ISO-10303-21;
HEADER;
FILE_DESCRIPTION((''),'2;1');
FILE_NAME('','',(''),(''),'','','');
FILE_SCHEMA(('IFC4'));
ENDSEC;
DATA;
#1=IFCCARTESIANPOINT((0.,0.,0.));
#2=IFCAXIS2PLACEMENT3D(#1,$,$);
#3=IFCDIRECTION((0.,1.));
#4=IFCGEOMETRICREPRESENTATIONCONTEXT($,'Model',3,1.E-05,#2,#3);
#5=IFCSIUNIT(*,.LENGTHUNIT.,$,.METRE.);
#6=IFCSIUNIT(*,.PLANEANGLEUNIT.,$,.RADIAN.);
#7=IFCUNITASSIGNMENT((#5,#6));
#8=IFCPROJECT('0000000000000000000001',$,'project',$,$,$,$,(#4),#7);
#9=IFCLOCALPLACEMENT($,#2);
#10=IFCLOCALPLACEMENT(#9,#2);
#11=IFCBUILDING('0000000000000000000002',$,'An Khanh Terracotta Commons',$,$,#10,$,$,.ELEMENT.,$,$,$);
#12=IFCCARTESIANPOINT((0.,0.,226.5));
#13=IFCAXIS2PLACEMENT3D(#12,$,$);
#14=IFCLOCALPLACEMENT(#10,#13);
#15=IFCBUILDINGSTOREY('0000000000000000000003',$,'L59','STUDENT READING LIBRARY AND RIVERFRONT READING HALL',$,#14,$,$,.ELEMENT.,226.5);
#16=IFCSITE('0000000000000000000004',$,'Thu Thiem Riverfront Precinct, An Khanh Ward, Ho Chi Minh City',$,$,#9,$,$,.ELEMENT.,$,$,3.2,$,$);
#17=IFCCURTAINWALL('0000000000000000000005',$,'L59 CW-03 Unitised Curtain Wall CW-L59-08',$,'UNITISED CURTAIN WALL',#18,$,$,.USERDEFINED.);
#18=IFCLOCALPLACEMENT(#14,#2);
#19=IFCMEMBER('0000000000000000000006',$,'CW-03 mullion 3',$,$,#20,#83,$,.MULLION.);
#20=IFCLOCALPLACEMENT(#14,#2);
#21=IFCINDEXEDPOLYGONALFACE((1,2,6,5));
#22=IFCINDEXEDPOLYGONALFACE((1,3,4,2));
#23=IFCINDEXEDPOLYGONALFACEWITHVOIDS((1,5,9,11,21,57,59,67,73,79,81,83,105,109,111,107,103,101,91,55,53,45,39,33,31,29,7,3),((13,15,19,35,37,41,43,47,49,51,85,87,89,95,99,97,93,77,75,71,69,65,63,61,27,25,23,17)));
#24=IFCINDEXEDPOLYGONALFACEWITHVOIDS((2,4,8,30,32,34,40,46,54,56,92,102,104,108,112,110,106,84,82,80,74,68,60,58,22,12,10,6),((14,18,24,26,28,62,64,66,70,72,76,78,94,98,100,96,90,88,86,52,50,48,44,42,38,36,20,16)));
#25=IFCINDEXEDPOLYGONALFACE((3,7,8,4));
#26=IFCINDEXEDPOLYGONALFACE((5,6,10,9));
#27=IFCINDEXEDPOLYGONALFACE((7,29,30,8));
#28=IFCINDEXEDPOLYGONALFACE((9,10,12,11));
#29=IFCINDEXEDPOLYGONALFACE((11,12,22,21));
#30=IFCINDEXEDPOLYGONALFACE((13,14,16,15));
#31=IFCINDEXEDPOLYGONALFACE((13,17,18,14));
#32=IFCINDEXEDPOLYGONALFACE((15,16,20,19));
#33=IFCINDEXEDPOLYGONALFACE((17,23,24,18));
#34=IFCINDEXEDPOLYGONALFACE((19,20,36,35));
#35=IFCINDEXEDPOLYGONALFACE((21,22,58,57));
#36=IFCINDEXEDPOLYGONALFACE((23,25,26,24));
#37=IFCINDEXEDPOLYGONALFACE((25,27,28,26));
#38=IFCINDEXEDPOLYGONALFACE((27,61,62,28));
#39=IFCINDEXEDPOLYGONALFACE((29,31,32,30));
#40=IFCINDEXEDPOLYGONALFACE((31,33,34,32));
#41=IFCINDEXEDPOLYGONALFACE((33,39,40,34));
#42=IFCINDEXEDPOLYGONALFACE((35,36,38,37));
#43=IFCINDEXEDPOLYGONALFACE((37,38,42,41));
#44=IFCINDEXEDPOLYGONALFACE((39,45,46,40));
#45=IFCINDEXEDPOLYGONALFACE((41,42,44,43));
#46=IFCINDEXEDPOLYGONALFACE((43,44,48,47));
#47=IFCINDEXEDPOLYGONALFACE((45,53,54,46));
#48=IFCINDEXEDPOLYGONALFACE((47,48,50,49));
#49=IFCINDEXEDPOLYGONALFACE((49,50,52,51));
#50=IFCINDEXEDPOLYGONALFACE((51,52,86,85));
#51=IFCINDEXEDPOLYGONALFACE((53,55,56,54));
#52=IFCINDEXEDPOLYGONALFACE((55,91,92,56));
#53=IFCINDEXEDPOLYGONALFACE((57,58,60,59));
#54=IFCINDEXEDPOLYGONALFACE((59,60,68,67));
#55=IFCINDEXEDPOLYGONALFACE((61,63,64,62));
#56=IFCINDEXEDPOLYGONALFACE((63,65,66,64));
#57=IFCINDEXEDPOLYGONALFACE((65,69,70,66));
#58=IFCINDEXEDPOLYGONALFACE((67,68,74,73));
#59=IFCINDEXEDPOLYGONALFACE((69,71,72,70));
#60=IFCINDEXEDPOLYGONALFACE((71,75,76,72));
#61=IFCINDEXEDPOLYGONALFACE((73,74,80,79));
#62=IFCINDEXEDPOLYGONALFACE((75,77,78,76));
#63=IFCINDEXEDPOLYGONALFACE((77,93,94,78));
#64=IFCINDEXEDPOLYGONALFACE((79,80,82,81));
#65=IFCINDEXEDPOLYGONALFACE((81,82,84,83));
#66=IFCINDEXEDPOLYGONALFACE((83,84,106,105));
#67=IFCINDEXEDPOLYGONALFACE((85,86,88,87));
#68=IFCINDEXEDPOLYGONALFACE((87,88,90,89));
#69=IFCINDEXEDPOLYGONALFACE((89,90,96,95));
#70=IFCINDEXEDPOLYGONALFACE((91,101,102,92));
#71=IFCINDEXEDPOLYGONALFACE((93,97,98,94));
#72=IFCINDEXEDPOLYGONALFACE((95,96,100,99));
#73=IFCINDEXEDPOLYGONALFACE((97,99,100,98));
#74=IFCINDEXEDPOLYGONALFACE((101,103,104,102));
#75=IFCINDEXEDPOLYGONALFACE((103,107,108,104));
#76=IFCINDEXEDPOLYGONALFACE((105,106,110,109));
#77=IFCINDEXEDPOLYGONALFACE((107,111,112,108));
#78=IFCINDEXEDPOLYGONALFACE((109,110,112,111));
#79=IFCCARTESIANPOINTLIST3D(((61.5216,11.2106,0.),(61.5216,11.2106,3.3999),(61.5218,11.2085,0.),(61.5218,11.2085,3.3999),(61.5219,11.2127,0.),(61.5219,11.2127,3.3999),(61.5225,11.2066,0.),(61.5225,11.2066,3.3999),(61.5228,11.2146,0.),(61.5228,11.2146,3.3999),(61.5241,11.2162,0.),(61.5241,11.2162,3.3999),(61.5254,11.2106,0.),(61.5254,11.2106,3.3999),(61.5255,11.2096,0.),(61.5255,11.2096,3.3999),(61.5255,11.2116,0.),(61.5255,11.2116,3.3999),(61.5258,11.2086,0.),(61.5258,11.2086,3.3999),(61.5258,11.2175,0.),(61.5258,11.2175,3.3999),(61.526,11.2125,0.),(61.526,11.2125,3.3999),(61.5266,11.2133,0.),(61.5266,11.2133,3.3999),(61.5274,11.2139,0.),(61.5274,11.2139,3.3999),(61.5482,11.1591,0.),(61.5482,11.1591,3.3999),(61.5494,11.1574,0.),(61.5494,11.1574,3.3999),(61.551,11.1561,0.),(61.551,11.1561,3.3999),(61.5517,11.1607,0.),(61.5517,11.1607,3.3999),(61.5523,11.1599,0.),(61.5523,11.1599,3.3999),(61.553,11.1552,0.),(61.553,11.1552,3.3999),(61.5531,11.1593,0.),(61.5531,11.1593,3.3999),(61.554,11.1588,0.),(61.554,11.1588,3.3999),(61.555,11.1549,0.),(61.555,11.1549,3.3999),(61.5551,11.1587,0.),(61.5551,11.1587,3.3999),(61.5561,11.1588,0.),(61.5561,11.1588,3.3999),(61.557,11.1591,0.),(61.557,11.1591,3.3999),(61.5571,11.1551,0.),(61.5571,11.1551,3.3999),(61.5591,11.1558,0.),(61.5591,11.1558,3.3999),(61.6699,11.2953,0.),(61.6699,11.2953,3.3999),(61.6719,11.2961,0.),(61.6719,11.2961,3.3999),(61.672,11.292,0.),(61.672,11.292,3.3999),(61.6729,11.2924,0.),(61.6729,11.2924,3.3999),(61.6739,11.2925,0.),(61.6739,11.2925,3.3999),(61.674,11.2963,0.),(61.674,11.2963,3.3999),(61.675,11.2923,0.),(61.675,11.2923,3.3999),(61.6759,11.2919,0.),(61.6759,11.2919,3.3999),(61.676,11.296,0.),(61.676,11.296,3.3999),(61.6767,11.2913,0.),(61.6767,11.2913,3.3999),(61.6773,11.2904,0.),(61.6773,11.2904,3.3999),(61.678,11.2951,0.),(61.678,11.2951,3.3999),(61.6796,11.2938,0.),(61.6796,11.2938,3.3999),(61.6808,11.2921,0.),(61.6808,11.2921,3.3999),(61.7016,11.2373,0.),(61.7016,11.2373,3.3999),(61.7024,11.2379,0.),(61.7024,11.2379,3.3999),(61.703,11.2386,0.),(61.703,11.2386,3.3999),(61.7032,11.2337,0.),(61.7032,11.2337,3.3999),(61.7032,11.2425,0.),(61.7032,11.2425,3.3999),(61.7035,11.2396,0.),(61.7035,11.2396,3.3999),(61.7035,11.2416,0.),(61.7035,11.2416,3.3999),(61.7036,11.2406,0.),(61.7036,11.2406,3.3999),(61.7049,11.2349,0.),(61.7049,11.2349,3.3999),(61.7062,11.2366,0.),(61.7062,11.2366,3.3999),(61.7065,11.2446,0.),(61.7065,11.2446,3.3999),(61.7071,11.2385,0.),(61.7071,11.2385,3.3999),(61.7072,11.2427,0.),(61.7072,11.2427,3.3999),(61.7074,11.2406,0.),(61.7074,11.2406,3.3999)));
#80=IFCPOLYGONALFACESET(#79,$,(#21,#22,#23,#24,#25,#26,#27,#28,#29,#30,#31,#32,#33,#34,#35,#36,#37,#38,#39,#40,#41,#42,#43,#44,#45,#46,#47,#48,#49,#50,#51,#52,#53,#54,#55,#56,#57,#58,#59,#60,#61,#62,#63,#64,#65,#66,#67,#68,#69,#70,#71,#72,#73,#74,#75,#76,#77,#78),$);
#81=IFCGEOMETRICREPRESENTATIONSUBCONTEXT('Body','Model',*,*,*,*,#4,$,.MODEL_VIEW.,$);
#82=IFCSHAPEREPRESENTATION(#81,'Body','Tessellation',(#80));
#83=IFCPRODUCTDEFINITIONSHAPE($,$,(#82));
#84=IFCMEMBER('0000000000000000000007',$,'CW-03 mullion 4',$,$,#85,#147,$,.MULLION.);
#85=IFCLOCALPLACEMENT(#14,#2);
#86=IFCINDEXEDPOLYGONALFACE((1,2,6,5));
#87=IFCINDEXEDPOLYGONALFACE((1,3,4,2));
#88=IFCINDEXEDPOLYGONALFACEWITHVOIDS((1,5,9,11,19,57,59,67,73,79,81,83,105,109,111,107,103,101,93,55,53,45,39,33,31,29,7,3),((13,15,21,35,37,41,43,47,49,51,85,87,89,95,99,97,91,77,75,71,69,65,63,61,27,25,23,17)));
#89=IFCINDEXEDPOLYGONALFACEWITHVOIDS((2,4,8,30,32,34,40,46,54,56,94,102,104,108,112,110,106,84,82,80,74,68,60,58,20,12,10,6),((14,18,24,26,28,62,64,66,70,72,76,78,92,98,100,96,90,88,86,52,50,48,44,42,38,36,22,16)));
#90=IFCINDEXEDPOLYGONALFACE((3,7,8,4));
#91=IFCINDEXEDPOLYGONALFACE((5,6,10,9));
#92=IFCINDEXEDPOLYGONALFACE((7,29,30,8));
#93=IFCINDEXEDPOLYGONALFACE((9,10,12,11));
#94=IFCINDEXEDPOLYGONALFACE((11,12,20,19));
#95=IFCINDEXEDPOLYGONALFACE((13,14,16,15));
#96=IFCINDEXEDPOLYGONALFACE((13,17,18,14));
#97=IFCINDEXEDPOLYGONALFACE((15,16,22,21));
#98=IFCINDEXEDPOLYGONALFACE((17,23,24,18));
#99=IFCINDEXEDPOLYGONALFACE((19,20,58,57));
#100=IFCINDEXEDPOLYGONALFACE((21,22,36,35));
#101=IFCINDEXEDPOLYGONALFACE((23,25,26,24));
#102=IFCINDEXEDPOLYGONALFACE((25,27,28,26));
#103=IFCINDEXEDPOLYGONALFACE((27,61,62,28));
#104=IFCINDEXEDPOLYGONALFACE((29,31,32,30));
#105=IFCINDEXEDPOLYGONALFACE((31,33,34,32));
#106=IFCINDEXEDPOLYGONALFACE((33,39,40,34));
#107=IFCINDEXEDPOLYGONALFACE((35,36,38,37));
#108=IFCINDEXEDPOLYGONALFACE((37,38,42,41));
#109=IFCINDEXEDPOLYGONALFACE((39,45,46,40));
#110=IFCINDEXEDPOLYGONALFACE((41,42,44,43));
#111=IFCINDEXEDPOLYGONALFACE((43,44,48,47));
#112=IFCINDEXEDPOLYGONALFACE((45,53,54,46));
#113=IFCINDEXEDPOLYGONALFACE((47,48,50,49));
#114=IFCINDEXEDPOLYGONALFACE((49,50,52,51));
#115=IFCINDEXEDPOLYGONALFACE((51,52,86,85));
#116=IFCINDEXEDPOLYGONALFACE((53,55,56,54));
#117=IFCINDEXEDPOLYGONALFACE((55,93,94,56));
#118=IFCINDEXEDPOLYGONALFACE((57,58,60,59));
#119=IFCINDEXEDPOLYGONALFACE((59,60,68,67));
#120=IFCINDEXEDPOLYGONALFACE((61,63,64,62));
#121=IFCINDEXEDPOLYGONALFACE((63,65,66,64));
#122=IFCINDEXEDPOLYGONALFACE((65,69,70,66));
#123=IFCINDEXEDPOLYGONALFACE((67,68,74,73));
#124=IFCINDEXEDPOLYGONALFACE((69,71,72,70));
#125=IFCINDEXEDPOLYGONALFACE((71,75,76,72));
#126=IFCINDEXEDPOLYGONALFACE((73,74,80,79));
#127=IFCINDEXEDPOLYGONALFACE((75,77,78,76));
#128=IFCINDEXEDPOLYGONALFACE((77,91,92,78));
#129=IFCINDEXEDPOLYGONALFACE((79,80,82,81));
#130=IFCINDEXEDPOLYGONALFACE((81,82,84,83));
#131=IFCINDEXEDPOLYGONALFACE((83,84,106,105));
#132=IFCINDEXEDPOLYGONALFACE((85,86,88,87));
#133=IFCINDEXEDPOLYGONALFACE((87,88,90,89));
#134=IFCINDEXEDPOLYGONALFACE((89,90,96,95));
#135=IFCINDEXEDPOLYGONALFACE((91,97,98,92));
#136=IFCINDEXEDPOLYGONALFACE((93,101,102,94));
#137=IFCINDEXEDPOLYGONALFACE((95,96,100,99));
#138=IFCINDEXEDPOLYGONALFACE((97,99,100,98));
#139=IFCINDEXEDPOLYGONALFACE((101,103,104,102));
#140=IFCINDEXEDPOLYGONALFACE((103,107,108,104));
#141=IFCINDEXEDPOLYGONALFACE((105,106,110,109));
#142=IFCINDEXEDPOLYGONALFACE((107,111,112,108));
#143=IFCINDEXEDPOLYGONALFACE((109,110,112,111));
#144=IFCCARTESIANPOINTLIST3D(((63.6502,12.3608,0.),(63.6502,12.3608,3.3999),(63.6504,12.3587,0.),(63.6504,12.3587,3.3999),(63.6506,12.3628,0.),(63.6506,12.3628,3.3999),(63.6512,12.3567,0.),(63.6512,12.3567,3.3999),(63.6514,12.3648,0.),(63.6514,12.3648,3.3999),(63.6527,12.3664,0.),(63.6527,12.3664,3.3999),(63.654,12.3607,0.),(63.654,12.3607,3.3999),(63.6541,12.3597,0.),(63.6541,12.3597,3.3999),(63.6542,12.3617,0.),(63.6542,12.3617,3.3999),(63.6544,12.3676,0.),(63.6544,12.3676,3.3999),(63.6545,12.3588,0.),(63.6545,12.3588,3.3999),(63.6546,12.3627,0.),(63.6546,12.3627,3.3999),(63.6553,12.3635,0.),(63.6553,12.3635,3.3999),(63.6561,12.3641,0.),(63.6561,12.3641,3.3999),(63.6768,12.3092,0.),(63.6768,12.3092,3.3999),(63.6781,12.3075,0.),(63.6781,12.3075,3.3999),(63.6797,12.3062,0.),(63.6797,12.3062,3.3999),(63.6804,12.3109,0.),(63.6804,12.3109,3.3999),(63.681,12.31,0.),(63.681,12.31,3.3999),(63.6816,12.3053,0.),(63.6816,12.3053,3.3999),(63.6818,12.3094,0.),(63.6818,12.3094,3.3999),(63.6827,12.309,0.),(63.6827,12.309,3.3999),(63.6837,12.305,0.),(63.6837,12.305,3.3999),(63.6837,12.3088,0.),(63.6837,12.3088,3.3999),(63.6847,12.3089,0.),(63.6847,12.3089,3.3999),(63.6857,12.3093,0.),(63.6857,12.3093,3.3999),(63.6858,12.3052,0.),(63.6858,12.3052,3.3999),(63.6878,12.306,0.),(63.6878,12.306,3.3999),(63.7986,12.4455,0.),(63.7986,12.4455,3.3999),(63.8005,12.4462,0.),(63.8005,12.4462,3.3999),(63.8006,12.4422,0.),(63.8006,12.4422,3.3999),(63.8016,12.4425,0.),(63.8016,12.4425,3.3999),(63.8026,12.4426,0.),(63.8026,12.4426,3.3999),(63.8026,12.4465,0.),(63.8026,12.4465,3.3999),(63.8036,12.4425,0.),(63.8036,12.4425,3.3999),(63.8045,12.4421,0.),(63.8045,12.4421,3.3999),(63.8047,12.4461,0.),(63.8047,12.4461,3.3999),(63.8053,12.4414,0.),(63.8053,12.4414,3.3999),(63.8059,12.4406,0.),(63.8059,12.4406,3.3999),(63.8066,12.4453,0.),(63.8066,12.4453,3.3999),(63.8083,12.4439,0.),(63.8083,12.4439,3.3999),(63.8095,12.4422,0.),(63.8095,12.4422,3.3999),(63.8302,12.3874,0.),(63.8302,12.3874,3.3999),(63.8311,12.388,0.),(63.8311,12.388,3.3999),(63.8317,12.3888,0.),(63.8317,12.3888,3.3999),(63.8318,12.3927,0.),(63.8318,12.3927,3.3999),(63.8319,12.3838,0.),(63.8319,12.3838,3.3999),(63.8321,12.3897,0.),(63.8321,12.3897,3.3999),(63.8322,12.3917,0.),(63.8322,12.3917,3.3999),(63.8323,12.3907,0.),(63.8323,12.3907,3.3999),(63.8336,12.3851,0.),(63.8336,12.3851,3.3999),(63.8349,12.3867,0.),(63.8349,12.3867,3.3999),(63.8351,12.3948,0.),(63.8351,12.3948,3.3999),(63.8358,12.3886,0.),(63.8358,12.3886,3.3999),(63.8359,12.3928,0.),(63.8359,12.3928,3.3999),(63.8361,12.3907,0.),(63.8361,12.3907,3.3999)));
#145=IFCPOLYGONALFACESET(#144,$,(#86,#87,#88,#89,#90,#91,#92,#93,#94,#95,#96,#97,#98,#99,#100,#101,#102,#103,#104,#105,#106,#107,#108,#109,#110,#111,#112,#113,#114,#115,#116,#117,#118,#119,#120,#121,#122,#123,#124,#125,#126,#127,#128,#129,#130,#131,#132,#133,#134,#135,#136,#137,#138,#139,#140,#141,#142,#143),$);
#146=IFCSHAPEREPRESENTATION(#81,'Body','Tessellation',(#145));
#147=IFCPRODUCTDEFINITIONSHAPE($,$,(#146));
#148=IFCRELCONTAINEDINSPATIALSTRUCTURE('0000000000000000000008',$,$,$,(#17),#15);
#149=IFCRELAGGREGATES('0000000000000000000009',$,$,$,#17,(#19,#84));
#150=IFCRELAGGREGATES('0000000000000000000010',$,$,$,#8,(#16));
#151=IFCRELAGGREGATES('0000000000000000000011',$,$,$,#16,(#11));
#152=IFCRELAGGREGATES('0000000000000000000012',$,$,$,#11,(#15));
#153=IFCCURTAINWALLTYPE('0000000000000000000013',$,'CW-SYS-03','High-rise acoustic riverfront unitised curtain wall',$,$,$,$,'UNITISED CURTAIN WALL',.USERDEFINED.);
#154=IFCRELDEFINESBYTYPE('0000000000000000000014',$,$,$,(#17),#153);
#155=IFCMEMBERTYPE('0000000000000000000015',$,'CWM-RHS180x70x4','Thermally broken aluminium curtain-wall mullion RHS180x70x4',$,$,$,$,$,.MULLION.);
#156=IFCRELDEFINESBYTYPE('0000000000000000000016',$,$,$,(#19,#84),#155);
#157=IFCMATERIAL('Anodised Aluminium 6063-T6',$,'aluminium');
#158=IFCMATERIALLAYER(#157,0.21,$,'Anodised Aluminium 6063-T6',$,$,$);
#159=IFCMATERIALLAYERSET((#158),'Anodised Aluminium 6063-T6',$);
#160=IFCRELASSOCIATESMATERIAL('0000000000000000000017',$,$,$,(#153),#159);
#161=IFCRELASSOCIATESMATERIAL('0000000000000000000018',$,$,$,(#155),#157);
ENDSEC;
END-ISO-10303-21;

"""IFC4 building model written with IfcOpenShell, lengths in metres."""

from ifc_helpers import new_model, si_unit, direction, frame, origin, origin_2d, place, context, subcontext, project, spatial, hollow_rectangle, extrude, material, layer, layer_set, material_profile, profile_set, type_object, element, aggregate, save


model = new_model("IFC4")

# Units and contexts
model_context = context("Model", 3, precision=1e-05, world=origin(), true_north=direction((0.0, 1.0)))
body_context = subcontext(model_context, "Body", "Model", "MODEL_VIEW")
ifc_project = project(units=[si_unit("LENGTHUNIT", "METRE"), si_unit("PLANEANGLEUNIT", "RADIAN")], contexts=[model_context])

# Site, building, storey
site_placement = place(None, origin())
site = spatial("IfcSite", under=ifc_project, at=site_placement, Name="Thu Thiem Riverfront Precinct, An Khanh Ward, Ho Chi Minh City", CompositionType="ELEMENT", RefElevation=3.2)
building_placement = place(site_placement, origin())
building = spatial("IfcBuilding", under=site, at=building_placement, Name="An Khanh Terracotta Commons", CompositionType="ELEMENT")
storey_placement = place(building_placement, frame((0.0, 0.0, 226.5)))
storey = spatial("IfcBuildingStorey", under=building, at=storey_placement, Name="L59", Description="STUDENT READING LIBRARY AND RIVERFRONT READING HALL", CompositionType="ELEMENT", Elevation=226.5)

# Curtain wall, members
ifc_material_1 = material(Name="Anodised Aluminium 6063-T6", Category="aluminium")
ifc_layer_1 = layer(ifc_material_1, 0.21, Name="Anodised Aluminium 6063-T6")
ifc_layer_set_1 = layer_set([ifc_layer_1], Name="Anodised Aluminium 6063-T6")
curtain_wall_type = type_object("IfcCurtainWallType", Name="CW-SYS-03", Description="High-rise acoustic riverfront unitised curtain wall", ElementType="UNITISED CURTAIN WALL", PredefinedType="USERDEFINED", material=ifc_layer_set_1)
curtain_wall_placement = place(storey_placement, origin())
curtain_wall = element("IfcCurtainWall", 1, at=curtain_wall_placement, inside=storey, type_object=curtain_wall_type, Name="L59 CW-03 Unitised Curtain Wall CW-L59-08", ObjectType="UNITISED CURTAIN WALL", PredefinedType="USERDEFINED")
ifc_material_profile_1 = material_profile(ifc_material_1, hollow_rectangle(XDim=0.0701, YDim=0.1799, WallThickness=0.0039, InnerFilletRadius=0.0039, OuterFilletRadius=0.0081, at=origin_2d()), Name="RHS180x70x4")
ifc_profile_set_1 = profile_set([ifc_material_profile_1], Name="Anodised Aluminium 6063-T6")
member_type_1 = type_object("IfcMemberType", Name="CWM-RHS180x70x4", Description="Thermally broken aluminium curtain-wall mullion RHS180x70x4", PredefinedType="MULLION", material=ifc_profile_set_1)
member_1_placement = place(storey_placement, frame((61.6145, 11.2256, 0.0), z_axis=(0.0, 0.0, 1.0), x_axis=(-0.475381, 0.87978, 0.0)))
member_1 = element("IfcMember", 2, at=member_1_placement, type_object=member_type_1, Name="CW-03 mullion 3", PredefinedType="MULLION", context=body_context, shape_type="SweptSolid", body=[
    extrude(hollow_rectangle(XDim=0.0701, YDim=0.1799, WallThickness=0.0039, InnerFilletRadius=0.0039, OuterFilletRadius=0.0081, at=origin_2d()), origin(), (0.0, 0.0, 1.0), 3.3999),
])
member_2_placement = place(storey_placement, frame((63.7432, 12.3757, 0.0), z_axis=(0.0, 0.0, 1.0), x_axis=(-0.475381, 0.87978, 0.0)))
member_2 = element("IfcMember", 3, at=member_2_placement, type_object=member_type_1, Name="CW-03 mullion 4", PredefinedType="MULLION", context=body_context, shape_type="SweptSolid", body=[
    extrude(hollow_rectangle(XDim=0.0701, YDim=0.1799, WallThickness=0.0039, InnerFilletRadius=0.0039, OuterFilletRadius=0.0081, at=origin_2d()), origin(), (0.0, 0.0, 1.0), 3.3999),
])
aggregate(curtain_wall, [member_1, member_2])

save(model, "model.ifc")
